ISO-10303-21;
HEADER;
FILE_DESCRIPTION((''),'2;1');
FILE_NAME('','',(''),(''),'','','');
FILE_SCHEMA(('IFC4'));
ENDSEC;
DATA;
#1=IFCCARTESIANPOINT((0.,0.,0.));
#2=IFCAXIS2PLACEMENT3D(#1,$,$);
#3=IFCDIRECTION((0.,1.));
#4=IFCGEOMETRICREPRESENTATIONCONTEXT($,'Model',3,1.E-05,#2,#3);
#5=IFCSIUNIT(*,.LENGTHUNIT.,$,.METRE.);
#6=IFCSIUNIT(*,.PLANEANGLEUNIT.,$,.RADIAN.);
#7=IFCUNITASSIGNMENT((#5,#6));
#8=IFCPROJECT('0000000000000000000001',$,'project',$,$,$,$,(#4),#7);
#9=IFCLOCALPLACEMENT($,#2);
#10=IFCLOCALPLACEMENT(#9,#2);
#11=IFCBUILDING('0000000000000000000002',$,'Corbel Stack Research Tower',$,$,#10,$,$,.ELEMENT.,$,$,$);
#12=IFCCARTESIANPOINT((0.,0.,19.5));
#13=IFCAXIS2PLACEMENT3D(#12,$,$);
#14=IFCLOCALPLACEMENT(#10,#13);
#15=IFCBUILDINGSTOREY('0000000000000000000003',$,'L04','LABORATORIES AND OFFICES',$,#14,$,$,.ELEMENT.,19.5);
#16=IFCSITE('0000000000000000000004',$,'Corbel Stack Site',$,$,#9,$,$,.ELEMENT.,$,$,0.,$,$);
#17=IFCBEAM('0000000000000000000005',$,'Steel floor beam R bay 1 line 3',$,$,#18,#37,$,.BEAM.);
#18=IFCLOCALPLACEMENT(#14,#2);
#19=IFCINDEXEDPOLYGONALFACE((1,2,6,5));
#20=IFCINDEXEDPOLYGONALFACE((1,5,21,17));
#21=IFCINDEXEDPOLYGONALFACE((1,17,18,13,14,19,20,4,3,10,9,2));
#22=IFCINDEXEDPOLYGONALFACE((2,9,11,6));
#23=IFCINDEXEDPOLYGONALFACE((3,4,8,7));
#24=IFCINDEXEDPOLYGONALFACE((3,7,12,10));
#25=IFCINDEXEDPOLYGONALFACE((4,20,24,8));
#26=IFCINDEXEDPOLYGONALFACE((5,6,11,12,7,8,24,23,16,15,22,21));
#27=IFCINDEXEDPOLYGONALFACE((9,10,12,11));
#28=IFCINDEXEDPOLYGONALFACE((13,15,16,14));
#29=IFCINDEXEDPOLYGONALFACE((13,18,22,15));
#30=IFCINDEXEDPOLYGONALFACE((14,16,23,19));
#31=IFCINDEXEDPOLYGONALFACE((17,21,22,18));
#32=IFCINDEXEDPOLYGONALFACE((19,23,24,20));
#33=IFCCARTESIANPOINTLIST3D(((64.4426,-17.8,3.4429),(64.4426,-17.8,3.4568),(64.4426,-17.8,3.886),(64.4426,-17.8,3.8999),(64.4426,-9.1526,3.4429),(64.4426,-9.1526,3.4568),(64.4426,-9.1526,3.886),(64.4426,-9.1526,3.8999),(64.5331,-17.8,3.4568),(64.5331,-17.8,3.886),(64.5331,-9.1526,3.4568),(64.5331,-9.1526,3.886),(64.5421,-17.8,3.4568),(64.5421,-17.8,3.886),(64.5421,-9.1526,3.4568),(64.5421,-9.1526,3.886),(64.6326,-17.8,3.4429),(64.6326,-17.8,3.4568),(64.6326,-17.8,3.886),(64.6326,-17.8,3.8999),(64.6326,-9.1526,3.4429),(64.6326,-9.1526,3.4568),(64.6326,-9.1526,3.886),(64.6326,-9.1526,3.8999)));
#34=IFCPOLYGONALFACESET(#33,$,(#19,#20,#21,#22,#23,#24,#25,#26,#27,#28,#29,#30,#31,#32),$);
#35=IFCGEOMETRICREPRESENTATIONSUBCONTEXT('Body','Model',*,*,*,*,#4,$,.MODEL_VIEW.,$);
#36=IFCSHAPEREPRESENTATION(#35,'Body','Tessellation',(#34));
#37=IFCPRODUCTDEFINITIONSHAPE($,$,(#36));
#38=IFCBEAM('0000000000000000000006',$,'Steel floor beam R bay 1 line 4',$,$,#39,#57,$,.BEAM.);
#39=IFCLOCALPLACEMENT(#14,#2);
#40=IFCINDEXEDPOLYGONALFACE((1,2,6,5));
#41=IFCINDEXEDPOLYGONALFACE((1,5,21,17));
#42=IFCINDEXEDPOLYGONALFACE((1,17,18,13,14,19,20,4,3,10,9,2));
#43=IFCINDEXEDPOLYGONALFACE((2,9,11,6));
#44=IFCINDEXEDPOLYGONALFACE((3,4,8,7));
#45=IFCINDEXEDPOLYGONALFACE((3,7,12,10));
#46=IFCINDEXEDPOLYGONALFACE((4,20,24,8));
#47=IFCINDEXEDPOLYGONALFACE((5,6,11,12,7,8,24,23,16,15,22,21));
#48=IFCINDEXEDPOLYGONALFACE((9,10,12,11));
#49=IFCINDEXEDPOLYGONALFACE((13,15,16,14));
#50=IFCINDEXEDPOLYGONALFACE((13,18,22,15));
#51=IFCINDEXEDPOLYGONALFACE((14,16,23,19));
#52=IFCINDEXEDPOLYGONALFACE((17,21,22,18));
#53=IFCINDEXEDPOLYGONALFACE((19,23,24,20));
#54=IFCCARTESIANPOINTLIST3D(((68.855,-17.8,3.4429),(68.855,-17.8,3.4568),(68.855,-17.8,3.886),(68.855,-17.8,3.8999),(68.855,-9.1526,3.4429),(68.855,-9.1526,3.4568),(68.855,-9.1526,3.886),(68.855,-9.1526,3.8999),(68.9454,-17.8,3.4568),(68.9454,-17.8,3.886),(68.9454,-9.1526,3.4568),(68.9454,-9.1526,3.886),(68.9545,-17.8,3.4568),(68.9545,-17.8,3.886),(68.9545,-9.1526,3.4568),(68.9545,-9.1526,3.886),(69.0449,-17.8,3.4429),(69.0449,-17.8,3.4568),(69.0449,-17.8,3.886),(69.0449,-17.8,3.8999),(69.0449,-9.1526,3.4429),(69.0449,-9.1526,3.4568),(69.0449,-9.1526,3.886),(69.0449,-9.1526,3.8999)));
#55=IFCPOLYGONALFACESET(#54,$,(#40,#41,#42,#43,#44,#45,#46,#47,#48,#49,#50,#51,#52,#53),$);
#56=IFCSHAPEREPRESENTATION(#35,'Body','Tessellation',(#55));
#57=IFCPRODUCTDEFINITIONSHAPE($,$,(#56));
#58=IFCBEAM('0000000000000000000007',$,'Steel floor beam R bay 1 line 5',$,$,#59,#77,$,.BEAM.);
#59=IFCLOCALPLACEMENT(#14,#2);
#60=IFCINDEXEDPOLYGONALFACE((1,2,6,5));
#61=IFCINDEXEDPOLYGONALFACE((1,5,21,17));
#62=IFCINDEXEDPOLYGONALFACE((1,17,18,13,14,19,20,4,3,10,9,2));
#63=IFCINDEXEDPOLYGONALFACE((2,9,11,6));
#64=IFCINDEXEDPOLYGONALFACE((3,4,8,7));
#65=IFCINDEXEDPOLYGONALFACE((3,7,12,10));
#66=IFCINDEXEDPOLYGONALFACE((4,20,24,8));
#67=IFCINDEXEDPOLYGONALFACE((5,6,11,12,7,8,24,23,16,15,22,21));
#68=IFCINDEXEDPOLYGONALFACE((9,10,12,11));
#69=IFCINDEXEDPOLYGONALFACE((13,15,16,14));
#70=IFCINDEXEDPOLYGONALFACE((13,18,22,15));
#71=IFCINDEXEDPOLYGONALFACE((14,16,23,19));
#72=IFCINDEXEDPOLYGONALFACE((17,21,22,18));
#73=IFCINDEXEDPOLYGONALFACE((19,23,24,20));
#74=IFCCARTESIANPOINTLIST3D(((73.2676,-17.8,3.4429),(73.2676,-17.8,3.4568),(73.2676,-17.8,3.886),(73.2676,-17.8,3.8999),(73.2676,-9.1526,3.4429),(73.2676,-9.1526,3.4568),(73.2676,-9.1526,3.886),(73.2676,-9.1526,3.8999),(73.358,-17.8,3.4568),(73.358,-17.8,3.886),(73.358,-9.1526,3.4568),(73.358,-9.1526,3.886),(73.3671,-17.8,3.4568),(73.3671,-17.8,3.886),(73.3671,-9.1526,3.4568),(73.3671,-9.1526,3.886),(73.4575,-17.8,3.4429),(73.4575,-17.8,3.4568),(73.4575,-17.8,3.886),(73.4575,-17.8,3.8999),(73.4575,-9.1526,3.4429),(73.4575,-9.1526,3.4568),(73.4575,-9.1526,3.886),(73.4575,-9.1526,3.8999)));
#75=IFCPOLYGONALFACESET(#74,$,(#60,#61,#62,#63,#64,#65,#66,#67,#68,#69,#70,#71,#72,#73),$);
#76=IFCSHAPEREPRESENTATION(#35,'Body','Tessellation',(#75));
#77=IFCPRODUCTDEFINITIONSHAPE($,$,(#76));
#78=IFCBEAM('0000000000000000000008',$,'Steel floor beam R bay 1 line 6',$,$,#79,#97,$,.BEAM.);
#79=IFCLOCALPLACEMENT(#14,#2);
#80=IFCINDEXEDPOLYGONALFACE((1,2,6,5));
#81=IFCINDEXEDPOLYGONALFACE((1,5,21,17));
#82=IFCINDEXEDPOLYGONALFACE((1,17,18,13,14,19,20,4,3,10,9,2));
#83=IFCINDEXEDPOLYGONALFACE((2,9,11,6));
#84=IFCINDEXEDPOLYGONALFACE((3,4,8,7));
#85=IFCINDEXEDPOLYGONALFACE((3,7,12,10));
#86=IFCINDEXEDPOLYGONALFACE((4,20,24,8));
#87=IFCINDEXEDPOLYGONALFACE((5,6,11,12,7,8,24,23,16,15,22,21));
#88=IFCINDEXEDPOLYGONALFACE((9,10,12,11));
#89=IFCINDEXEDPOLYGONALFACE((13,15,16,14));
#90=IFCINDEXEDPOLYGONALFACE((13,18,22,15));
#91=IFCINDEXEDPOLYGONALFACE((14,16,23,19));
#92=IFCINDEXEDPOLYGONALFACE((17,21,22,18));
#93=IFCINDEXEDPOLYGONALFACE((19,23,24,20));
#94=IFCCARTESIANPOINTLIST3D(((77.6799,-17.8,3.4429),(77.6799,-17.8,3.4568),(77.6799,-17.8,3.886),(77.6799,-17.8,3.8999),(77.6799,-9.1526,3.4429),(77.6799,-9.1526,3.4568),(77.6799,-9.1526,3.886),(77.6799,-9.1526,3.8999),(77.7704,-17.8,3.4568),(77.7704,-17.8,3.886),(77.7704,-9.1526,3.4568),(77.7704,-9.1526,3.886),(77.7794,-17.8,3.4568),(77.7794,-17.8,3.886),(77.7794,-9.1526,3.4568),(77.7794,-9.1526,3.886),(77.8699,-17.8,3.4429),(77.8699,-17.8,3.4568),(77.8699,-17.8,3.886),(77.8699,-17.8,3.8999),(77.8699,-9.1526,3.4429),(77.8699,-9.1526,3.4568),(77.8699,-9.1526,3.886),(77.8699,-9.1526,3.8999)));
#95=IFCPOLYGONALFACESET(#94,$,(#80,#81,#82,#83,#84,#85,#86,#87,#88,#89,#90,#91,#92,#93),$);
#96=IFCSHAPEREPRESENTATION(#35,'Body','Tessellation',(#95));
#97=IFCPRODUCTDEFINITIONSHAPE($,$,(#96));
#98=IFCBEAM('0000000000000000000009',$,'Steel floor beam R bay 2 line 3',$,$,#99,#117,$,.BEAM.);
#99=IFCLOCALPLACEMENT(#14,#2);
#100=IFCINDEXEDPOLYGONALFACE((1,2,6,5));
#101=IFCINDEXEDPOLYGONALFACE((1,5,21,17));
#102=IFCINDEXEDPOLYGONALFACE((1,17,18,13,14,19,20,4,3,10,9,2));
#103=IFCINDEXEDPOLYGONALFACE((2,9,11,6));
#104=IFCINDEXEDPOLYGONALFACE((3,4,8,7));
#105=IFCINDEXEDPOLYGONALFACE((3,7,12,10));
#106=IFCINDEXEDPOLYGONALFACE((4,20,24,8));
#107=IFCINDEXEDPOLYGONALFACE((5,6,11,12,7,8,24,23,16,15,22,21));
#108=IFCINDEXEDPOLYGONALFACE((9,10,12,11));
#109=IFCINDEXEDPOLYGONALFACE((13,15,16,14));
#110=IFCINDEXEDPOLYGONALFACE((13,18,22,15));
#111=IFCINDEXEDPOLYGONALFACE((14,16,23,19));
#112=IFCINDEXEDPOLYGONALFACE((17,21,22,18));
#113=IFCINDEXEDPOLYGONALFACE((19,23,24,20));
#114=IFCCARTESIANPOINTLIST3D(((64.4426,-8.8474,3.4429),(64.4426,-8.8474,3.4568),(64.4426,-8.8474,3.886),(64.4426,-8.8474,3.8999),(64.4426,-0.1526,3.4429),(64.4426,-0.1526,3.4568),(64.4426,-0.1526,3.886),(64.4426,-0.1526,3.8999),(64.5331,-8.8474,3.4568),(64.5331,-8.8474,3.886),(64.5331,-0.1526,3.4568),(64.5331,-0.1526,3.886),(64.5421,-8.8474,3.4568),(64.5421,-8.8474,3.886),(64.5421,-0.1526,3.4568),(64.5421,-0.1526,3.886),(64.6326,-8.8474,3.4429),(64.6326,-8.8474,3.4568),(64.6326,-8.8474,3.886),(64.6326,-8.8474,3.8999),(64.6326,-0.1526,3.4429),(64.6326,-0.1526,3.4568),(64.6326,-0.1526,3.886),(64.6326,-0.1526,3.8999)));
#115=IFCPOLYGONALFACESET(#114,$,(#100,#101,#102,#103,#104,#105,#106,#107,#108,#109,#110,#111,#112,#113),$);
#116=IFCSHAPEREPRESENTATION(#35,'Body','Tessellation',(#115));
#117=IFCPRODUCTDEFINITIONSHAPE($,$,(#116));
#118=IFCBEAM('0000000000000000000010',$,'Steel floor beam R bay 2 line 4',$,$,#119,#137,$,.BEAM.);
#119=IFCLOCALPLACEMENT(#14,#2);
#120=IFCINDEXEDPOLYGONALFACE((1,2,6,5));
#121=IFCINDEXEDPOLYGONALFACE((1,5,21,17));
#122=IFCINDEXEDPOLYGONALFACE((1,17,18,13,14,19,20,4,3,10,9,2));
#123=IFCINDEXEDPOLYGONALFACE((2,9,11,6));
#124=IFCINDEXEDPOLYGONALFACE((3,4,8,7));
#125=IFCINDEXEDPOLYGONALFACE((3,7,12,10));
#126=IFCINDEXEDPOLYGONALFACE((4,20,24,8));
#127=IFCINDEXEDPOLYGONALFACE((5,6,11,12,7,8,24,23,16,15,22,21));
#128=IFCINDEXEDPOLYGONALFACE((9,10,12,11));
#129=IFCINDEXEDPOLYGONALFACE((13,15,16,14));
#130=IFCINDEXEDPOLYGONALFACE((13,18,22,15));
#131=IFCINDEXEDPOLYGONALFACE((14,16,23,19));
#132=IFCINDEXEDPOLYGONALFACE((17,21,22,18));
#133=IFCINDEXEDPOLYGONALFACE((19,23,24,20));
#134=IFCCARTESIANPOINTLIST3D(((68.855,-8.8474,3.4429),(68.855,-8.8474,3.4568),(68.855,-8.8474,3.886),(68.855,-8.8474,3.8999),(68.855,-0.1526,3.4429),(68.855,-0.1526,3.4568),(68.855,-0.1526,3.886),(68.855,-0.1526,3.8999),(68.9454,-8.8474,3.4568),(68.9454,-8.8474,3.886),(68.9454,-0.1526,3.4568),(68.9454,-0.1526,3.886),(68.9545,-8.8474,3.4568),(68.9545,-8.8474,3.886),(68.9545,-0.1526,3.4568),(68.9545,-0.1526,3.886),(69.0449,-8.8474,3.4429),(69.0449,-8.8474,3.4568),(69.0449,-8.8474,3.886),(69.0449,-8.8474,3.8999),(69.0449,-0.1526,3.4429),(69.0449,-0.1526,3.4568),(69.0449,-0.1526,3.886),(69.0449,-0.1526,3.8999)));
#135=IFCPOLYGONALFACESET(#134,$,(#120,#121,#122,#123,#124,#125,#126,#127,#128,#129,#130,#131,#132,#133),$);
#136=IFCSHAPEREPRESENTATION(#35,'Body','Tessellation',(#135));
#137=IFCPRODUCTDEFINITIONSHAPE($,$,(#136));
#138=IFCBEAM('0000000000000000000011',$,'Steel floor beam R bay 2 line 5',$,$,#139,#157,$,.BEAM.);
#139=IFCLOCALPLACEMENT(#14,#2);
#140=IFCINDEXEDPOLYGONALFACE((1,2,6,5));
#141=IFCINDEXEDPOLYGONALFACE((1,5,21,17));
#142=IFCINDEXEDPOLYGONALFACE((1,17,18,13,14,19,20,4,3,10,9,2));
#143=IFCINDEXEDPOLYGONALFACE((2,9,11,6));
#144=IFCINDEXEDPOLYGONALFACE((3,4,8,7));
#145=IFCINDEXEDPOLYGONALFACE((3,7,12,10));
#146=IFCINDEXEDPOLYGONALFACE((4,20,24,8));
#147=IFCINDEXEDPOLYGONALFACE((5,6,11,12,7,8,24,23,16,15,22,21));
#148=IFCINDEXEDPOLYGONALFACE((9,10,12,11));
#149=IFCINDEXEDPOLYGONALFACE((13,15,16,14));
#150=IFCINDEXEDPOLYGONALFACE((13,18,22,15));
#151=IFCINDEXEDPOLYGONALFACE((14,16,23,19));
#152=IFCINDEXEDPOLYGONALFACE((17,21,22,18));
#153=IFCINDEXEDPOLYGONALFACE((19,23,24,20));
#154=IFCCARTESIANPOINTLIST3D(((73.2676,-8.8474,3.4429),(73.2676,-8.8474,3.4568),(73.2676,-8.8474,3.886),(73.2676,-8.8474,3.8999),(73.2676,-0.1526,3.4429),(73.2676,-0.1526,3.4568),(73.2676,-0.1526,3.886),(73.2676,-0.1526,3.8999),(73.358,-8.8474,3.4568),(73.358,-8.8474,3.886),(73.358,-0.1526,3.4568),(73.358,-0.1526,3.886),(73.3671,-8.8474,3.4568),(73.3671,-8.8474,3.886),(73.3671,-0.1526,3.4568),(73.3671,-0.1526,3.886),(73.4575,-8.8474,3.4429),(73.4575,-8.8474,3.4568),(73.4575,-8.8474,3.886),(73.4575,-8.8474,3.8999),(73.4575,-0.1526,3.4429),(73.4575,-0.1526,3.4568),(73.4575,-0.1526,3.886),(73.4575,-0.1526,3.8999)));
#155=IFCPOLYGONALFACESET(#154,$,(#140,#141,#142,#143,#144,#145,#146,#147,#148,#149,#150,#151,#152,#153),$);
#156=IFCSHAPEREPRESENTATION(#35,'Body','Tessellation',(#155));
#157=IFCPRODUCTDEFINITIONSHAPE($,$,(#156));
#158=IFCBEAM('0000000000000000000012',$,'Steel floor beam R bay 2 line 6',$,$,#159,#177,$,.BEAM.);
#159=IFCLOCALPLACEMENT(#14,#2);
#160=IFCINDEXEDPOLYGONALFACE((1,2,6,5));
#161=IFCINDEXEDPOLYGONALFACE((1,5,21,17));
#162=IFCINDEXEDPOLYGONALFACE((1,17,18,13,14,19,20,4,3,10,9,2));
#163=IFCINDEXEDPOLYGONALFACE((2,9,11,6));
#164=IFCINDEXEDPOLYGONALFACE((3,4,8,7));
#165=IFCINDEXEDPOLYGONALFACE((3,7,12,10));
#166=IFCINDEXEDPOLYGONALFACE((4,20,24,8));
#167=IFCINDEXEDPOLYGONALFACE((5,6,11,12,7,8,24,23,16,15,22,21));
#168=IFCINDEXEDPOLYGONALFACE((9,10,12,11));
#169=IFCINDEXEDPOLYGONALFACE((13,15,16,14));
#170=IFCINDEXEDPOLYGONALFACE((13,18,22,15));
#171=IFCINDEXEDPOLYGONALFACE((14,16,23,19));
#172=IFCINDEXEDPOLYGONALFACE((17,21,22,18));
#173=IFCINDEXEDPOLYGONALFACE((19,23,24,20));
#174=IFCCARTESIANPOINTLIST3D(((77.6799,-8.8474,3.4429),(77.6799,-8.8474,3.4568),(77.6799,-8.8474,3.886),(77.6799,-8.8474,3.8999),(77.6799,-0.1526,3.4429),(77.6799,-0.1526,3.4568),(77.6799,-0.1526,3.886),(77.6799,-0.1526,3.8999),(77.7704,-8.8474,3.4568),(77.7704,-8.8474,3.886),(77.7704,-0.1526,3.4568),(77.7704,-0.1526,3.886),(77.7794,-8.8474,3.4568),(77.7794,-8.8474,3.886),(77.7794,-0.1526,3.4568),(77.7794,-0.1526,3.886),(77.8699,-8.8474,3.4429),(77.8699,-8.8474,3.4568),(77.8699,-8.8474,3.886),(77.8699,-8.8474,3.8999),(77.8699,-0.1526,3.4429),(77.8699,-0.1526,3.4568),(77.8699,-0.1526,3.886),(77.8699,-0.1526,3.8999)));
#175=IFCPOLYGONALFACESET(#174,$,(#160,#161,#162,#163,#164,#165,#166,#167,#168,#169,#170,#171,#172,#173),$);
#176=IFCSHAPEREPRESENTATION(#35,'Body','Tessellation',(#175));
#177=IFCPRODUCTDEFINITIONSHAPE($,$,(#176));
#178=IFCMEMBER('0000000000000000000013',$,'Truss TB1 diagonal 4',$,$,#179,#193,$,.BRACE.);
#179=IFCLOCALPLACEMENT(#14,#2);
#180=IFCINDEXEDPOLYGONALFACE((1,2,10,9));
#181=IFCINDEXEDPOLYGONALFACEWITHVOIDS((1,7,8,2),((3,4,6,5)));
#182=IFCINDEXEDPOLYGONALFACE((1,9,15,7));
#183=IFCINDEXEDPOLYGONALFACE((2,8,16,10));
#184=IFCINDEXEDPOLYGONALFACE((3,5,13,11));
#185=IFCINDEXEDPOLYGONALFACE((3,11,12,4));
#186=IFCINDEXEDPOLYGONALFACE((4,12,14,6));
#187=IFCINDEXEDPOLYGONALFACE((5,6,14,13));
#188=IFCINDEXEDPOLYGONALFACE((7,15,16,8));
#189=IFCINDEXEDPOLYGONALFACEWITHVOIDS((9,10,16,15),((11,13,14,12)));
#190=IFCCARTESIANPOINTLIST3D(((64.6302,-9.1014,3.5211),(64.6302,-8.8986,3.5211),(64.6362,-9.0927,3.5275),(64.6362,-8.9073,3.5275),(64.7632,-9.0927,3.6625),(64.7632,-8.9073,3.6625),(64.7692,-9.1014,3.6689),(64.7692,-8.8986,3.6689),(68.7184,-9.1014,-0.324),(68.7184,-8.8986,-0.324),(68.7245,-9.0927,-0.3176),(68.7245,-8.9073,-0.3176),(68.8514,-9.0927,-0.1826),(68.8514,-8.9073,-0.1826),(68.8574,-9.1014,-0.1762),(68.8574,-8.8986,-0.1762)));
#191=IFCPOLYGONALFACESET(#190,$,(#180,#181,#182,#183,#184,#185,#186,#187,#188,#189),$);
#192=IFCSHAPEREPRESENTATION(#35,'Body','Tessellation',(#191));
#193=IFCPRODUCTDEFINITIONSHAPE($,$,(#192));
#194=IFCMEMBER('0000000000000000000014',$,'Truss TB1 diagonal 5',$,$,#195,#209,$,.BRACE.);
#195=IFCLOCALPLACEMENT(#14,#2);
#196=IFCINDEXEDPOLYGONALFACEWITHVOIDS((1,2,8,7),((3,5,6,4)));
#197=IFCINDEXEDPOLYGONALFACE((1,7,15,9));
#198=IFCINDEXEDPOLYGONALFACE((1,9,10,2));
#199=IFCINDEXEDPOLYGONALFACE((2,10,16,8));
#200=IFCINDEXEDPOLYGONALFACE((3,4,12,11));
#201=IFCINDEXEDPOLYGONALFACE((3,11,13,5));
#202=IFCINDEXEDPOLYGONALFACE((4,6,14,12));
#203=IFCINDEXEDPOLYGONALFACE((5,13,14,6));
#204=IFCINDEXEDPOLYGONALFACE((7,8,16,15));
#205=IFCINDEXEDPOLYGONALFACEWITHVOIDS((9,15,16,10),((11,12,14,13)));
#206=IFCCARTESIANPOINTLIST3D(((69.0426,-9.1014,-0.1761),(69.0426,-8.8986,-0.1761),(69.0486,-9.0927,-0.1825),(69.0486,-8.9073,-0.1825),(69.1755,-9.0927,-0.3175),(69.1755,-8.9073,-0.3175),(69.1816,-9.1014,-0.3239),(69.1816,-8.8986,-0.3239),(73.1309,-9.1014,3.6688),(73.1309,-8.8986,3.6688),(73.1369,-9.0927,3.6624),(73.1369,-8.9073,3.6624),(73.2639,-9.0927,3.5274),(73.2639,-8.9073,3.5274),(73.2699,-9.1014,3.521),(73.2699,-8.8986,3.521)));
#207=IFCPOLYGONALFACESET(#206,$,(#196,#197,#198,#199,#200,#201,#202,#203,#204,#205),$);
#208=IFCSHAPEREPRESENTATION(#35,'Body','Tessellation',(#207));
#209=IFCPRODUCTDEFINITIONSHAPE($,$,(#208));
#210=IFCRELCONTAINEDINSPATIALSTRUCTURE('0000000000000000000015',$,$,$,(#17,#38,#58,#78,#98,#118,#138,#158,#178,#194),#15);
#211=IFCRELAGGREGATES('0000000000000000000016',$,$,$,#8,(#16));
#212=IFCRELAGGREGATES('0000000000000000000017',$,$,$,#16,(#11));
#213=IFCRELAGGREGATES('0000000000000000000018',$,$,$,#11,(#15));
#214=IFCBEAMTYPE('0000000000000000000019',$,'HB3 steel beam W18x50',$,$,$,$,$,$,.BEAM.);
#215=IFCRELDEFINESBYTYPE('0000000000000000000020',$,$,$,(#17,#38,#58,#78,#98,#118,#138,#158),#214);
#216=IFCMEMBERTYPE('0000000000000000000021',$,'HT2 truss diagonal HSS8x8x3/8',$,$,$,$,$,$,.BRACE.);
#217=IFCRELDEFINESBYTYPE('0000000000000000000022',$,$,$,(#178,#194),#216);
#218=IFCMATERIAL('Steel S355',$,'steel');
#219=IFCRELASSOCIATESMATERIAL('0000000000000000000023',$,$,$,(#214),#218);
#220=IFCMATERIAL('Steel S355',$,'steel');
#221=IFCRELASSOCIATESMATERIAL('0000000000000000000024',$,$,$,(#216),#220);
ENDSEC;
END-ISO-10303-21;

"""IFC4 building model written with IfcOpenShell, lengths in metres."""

from ifc_helpers import new_model, si_unit, direction, frame, origin, origin_2d, place, context, subcontext, project, spatial, hollow_rectangle, i_section, extrude, material, material_profile, profile_set, type_object, element, save


model = new_model("IFC4")

# Units and contexts
model_context = context("Model", 3, precision=1e-05, world=origin(), true_north=direction((0.0, 1.0)))
body_context = subcontext(model_context, "Body", "Model", "MODEL_VIEW")
ifc_project = project(units=[si_unit("LENGTHUNIT", "METRE"), si_unit("PLANEANGLEUNIT", "RADIAN")], contexts=[model_context])

# Site, building, storey
site_placement = place(None, origin())
site = spatial("IfcSite", under=ifc_project, at=site_placement, Name="Corbel Stack Site", CompositionType="ELEMENT", RefElevation=0.0)
building_placement = place(site_placement, origin())
building = spatial("IfcBuilding", under=site, at=building_placement, Name="Corbel Stack Research Tower", CompositionType="ELEMENT")
storey_placement = place(building_placement, frame((0.0, 0.0, 19.5)))
storey = spatial("IfcBuildingStorey", under=building, at=storey_placement, Name="L04", Description="LABORATORIES AND OFFICES", CompositionType="ELEMENT", Elevation=19.5)

# Beams
ifc_material_1 = material(Name="Steel S355", Category="steel")
ifc_material_profile_1 = material_profile(ifc_material_1, i_section(OverallWidth=0.1899, OverallDepth=0.457, WebThickness=0.009, FlangeThickness=0.0139, at=origin_2d()), Name="W18x50")
ifc_profile_set_1 = profile_set([ifc_material_profile_1], Name="Steel S355")
beam_type_1 = type_object("IfcBeamType", Name="HB3 steel beam W18x50", PredefinedType="BEAM", material=ifc_profile_set_1)
for number, where, z_axis, x_axis, name in (
    (1, (64.5376, -17.8, 3.6714), (0.0, 1.0, 0.0), (-1.0, 0.0, 0.0), "Steel floor beam R bay 1 line 3"),
    (2, (68.95, -17.8, 3.6714), (0.0, 1.0, 0.0), (-1.0, 0.0, 0.0), "Steel floor beam R bay 1 line 4"),
    (3, (73.3625, -17.8, 3.6714), (0.0, 1.0, 0.0), (-1.0, 0.0, 0.0), "Steel floor beam R bay 1 line 5"),
    (4, (77.7749, -17.8, 3.6714), (0.0, 1.0, 0.0), (-1.0, 0.0, 0.0), "Steel floor beam R bay 1 line 6"),
):
    element("IfcBeam", number, at=place(storey_placement, frame(where, z_axis=z_axis, x_axis=x_axis)), inside=storey, type_object=beam_type_1, Name=name, PredefinedType="BEAM", context=body_context, shape_type="SweptSolid", body=[
        extrude(i_section(OverallWidth=0.1899, OverallDepth=0.457, WebThickness=0.009, FlangeThickness=0.0139, at=origin_2d()), origin(), (0.0, 0.0, 1.0), 8.6475),
    ])
for number, where, z_axis, x_axis, name in (
    (5, (64.5376, -8.8474, 3.6714), (0.0, 1.0, 0.0), (-1.0, 0.0, 0.0), "Steel floor beam R bay 2 line 3"),
    (6, (68.95, -8.8474, 3.6714), (0.0, 1.0, 0.0), (-1.0, 0.0, 0.0), "Steel floor beam R bay 2 line 4"),
    (7, (73.3625, -8.8474, 3.6714), (0.0, 1.0, 0.0), (-1.0, 0.0, 0.0), "Steel floor beam R bay 2 line 5"),
    (8, (77.7749, -8.8474, 3.6714), (0.0, 1.0, 0.0), (-1.0, 0.0, 0.0), "Steel floor beam R bay 2 line 6"),
):
    element("IfcBeam", number, at=place(storey_placement, frame(where, z_axis=z_axis, x_axis=x_axis)), inside=storey, type_object=beam_type_1, Name=name, PredefinedType="BEAM", context=body_context, shape_type="SweptSolid", body=[
        extrude(i_section(OverallWidth=0.1899, OverallDepth=0.457, WebThickness=0.009, FlangeThickness=0.0139, at=origin_2d()), origin(), (0.0, 0.0, 1.0), 8.6948),
    ])

# Members
ifc_material_2 = material(Name="Steel S355", Category="steel")
ifc_material_profile_2 = material_profile(ifc_material_2, hollow_rectangle(XDim=0.2029, YDim=0.2029, WallThickness=0.0088, at=origin_2d()), Name="HSS8x8x3/8")
ifc_profile_set_2 = profile_set([ifc_material_profile_2], Name="Steel S355")
member_type_1 = type_object("IfcMemberType", Name="HT2 truss diagonal HSS8x8x3/8", PredefinedType="BRACE", material=ifc_profile_set_2)
for number, where, z_axis, x_axis, name in (
    (9, (64.6997, -9.0, 3.595), (0.728439, 0.0, -0.685111), (0.0, 1.0, 0.0), "Truss TB1 diagonal 4"),
    (10, (69.1121, -9.0, -0.25), (0.728459, 0.0, 0.685089), (0.0, 1.0, 0.0), "Truss TB1 diagonal 5"),
):
    element("IfcMember", number, at=place(storey_placement, frame(where, z_axis=z_axis, x_axis=x_axis)), inside=storey, type_object=member_type_1, Name=name, PredefinedType="BRACE", context=body_context, shape_type="SweptSolid", body=[
        extrude(hollow_rectangle(XDim=0.2029, YDim=0.2029, WallThickness=0.0088, at=origin_2d()), origin(), (0.0, 0.0, 1.0), 5.6123),
    ])

save(model, "model.ifc")
